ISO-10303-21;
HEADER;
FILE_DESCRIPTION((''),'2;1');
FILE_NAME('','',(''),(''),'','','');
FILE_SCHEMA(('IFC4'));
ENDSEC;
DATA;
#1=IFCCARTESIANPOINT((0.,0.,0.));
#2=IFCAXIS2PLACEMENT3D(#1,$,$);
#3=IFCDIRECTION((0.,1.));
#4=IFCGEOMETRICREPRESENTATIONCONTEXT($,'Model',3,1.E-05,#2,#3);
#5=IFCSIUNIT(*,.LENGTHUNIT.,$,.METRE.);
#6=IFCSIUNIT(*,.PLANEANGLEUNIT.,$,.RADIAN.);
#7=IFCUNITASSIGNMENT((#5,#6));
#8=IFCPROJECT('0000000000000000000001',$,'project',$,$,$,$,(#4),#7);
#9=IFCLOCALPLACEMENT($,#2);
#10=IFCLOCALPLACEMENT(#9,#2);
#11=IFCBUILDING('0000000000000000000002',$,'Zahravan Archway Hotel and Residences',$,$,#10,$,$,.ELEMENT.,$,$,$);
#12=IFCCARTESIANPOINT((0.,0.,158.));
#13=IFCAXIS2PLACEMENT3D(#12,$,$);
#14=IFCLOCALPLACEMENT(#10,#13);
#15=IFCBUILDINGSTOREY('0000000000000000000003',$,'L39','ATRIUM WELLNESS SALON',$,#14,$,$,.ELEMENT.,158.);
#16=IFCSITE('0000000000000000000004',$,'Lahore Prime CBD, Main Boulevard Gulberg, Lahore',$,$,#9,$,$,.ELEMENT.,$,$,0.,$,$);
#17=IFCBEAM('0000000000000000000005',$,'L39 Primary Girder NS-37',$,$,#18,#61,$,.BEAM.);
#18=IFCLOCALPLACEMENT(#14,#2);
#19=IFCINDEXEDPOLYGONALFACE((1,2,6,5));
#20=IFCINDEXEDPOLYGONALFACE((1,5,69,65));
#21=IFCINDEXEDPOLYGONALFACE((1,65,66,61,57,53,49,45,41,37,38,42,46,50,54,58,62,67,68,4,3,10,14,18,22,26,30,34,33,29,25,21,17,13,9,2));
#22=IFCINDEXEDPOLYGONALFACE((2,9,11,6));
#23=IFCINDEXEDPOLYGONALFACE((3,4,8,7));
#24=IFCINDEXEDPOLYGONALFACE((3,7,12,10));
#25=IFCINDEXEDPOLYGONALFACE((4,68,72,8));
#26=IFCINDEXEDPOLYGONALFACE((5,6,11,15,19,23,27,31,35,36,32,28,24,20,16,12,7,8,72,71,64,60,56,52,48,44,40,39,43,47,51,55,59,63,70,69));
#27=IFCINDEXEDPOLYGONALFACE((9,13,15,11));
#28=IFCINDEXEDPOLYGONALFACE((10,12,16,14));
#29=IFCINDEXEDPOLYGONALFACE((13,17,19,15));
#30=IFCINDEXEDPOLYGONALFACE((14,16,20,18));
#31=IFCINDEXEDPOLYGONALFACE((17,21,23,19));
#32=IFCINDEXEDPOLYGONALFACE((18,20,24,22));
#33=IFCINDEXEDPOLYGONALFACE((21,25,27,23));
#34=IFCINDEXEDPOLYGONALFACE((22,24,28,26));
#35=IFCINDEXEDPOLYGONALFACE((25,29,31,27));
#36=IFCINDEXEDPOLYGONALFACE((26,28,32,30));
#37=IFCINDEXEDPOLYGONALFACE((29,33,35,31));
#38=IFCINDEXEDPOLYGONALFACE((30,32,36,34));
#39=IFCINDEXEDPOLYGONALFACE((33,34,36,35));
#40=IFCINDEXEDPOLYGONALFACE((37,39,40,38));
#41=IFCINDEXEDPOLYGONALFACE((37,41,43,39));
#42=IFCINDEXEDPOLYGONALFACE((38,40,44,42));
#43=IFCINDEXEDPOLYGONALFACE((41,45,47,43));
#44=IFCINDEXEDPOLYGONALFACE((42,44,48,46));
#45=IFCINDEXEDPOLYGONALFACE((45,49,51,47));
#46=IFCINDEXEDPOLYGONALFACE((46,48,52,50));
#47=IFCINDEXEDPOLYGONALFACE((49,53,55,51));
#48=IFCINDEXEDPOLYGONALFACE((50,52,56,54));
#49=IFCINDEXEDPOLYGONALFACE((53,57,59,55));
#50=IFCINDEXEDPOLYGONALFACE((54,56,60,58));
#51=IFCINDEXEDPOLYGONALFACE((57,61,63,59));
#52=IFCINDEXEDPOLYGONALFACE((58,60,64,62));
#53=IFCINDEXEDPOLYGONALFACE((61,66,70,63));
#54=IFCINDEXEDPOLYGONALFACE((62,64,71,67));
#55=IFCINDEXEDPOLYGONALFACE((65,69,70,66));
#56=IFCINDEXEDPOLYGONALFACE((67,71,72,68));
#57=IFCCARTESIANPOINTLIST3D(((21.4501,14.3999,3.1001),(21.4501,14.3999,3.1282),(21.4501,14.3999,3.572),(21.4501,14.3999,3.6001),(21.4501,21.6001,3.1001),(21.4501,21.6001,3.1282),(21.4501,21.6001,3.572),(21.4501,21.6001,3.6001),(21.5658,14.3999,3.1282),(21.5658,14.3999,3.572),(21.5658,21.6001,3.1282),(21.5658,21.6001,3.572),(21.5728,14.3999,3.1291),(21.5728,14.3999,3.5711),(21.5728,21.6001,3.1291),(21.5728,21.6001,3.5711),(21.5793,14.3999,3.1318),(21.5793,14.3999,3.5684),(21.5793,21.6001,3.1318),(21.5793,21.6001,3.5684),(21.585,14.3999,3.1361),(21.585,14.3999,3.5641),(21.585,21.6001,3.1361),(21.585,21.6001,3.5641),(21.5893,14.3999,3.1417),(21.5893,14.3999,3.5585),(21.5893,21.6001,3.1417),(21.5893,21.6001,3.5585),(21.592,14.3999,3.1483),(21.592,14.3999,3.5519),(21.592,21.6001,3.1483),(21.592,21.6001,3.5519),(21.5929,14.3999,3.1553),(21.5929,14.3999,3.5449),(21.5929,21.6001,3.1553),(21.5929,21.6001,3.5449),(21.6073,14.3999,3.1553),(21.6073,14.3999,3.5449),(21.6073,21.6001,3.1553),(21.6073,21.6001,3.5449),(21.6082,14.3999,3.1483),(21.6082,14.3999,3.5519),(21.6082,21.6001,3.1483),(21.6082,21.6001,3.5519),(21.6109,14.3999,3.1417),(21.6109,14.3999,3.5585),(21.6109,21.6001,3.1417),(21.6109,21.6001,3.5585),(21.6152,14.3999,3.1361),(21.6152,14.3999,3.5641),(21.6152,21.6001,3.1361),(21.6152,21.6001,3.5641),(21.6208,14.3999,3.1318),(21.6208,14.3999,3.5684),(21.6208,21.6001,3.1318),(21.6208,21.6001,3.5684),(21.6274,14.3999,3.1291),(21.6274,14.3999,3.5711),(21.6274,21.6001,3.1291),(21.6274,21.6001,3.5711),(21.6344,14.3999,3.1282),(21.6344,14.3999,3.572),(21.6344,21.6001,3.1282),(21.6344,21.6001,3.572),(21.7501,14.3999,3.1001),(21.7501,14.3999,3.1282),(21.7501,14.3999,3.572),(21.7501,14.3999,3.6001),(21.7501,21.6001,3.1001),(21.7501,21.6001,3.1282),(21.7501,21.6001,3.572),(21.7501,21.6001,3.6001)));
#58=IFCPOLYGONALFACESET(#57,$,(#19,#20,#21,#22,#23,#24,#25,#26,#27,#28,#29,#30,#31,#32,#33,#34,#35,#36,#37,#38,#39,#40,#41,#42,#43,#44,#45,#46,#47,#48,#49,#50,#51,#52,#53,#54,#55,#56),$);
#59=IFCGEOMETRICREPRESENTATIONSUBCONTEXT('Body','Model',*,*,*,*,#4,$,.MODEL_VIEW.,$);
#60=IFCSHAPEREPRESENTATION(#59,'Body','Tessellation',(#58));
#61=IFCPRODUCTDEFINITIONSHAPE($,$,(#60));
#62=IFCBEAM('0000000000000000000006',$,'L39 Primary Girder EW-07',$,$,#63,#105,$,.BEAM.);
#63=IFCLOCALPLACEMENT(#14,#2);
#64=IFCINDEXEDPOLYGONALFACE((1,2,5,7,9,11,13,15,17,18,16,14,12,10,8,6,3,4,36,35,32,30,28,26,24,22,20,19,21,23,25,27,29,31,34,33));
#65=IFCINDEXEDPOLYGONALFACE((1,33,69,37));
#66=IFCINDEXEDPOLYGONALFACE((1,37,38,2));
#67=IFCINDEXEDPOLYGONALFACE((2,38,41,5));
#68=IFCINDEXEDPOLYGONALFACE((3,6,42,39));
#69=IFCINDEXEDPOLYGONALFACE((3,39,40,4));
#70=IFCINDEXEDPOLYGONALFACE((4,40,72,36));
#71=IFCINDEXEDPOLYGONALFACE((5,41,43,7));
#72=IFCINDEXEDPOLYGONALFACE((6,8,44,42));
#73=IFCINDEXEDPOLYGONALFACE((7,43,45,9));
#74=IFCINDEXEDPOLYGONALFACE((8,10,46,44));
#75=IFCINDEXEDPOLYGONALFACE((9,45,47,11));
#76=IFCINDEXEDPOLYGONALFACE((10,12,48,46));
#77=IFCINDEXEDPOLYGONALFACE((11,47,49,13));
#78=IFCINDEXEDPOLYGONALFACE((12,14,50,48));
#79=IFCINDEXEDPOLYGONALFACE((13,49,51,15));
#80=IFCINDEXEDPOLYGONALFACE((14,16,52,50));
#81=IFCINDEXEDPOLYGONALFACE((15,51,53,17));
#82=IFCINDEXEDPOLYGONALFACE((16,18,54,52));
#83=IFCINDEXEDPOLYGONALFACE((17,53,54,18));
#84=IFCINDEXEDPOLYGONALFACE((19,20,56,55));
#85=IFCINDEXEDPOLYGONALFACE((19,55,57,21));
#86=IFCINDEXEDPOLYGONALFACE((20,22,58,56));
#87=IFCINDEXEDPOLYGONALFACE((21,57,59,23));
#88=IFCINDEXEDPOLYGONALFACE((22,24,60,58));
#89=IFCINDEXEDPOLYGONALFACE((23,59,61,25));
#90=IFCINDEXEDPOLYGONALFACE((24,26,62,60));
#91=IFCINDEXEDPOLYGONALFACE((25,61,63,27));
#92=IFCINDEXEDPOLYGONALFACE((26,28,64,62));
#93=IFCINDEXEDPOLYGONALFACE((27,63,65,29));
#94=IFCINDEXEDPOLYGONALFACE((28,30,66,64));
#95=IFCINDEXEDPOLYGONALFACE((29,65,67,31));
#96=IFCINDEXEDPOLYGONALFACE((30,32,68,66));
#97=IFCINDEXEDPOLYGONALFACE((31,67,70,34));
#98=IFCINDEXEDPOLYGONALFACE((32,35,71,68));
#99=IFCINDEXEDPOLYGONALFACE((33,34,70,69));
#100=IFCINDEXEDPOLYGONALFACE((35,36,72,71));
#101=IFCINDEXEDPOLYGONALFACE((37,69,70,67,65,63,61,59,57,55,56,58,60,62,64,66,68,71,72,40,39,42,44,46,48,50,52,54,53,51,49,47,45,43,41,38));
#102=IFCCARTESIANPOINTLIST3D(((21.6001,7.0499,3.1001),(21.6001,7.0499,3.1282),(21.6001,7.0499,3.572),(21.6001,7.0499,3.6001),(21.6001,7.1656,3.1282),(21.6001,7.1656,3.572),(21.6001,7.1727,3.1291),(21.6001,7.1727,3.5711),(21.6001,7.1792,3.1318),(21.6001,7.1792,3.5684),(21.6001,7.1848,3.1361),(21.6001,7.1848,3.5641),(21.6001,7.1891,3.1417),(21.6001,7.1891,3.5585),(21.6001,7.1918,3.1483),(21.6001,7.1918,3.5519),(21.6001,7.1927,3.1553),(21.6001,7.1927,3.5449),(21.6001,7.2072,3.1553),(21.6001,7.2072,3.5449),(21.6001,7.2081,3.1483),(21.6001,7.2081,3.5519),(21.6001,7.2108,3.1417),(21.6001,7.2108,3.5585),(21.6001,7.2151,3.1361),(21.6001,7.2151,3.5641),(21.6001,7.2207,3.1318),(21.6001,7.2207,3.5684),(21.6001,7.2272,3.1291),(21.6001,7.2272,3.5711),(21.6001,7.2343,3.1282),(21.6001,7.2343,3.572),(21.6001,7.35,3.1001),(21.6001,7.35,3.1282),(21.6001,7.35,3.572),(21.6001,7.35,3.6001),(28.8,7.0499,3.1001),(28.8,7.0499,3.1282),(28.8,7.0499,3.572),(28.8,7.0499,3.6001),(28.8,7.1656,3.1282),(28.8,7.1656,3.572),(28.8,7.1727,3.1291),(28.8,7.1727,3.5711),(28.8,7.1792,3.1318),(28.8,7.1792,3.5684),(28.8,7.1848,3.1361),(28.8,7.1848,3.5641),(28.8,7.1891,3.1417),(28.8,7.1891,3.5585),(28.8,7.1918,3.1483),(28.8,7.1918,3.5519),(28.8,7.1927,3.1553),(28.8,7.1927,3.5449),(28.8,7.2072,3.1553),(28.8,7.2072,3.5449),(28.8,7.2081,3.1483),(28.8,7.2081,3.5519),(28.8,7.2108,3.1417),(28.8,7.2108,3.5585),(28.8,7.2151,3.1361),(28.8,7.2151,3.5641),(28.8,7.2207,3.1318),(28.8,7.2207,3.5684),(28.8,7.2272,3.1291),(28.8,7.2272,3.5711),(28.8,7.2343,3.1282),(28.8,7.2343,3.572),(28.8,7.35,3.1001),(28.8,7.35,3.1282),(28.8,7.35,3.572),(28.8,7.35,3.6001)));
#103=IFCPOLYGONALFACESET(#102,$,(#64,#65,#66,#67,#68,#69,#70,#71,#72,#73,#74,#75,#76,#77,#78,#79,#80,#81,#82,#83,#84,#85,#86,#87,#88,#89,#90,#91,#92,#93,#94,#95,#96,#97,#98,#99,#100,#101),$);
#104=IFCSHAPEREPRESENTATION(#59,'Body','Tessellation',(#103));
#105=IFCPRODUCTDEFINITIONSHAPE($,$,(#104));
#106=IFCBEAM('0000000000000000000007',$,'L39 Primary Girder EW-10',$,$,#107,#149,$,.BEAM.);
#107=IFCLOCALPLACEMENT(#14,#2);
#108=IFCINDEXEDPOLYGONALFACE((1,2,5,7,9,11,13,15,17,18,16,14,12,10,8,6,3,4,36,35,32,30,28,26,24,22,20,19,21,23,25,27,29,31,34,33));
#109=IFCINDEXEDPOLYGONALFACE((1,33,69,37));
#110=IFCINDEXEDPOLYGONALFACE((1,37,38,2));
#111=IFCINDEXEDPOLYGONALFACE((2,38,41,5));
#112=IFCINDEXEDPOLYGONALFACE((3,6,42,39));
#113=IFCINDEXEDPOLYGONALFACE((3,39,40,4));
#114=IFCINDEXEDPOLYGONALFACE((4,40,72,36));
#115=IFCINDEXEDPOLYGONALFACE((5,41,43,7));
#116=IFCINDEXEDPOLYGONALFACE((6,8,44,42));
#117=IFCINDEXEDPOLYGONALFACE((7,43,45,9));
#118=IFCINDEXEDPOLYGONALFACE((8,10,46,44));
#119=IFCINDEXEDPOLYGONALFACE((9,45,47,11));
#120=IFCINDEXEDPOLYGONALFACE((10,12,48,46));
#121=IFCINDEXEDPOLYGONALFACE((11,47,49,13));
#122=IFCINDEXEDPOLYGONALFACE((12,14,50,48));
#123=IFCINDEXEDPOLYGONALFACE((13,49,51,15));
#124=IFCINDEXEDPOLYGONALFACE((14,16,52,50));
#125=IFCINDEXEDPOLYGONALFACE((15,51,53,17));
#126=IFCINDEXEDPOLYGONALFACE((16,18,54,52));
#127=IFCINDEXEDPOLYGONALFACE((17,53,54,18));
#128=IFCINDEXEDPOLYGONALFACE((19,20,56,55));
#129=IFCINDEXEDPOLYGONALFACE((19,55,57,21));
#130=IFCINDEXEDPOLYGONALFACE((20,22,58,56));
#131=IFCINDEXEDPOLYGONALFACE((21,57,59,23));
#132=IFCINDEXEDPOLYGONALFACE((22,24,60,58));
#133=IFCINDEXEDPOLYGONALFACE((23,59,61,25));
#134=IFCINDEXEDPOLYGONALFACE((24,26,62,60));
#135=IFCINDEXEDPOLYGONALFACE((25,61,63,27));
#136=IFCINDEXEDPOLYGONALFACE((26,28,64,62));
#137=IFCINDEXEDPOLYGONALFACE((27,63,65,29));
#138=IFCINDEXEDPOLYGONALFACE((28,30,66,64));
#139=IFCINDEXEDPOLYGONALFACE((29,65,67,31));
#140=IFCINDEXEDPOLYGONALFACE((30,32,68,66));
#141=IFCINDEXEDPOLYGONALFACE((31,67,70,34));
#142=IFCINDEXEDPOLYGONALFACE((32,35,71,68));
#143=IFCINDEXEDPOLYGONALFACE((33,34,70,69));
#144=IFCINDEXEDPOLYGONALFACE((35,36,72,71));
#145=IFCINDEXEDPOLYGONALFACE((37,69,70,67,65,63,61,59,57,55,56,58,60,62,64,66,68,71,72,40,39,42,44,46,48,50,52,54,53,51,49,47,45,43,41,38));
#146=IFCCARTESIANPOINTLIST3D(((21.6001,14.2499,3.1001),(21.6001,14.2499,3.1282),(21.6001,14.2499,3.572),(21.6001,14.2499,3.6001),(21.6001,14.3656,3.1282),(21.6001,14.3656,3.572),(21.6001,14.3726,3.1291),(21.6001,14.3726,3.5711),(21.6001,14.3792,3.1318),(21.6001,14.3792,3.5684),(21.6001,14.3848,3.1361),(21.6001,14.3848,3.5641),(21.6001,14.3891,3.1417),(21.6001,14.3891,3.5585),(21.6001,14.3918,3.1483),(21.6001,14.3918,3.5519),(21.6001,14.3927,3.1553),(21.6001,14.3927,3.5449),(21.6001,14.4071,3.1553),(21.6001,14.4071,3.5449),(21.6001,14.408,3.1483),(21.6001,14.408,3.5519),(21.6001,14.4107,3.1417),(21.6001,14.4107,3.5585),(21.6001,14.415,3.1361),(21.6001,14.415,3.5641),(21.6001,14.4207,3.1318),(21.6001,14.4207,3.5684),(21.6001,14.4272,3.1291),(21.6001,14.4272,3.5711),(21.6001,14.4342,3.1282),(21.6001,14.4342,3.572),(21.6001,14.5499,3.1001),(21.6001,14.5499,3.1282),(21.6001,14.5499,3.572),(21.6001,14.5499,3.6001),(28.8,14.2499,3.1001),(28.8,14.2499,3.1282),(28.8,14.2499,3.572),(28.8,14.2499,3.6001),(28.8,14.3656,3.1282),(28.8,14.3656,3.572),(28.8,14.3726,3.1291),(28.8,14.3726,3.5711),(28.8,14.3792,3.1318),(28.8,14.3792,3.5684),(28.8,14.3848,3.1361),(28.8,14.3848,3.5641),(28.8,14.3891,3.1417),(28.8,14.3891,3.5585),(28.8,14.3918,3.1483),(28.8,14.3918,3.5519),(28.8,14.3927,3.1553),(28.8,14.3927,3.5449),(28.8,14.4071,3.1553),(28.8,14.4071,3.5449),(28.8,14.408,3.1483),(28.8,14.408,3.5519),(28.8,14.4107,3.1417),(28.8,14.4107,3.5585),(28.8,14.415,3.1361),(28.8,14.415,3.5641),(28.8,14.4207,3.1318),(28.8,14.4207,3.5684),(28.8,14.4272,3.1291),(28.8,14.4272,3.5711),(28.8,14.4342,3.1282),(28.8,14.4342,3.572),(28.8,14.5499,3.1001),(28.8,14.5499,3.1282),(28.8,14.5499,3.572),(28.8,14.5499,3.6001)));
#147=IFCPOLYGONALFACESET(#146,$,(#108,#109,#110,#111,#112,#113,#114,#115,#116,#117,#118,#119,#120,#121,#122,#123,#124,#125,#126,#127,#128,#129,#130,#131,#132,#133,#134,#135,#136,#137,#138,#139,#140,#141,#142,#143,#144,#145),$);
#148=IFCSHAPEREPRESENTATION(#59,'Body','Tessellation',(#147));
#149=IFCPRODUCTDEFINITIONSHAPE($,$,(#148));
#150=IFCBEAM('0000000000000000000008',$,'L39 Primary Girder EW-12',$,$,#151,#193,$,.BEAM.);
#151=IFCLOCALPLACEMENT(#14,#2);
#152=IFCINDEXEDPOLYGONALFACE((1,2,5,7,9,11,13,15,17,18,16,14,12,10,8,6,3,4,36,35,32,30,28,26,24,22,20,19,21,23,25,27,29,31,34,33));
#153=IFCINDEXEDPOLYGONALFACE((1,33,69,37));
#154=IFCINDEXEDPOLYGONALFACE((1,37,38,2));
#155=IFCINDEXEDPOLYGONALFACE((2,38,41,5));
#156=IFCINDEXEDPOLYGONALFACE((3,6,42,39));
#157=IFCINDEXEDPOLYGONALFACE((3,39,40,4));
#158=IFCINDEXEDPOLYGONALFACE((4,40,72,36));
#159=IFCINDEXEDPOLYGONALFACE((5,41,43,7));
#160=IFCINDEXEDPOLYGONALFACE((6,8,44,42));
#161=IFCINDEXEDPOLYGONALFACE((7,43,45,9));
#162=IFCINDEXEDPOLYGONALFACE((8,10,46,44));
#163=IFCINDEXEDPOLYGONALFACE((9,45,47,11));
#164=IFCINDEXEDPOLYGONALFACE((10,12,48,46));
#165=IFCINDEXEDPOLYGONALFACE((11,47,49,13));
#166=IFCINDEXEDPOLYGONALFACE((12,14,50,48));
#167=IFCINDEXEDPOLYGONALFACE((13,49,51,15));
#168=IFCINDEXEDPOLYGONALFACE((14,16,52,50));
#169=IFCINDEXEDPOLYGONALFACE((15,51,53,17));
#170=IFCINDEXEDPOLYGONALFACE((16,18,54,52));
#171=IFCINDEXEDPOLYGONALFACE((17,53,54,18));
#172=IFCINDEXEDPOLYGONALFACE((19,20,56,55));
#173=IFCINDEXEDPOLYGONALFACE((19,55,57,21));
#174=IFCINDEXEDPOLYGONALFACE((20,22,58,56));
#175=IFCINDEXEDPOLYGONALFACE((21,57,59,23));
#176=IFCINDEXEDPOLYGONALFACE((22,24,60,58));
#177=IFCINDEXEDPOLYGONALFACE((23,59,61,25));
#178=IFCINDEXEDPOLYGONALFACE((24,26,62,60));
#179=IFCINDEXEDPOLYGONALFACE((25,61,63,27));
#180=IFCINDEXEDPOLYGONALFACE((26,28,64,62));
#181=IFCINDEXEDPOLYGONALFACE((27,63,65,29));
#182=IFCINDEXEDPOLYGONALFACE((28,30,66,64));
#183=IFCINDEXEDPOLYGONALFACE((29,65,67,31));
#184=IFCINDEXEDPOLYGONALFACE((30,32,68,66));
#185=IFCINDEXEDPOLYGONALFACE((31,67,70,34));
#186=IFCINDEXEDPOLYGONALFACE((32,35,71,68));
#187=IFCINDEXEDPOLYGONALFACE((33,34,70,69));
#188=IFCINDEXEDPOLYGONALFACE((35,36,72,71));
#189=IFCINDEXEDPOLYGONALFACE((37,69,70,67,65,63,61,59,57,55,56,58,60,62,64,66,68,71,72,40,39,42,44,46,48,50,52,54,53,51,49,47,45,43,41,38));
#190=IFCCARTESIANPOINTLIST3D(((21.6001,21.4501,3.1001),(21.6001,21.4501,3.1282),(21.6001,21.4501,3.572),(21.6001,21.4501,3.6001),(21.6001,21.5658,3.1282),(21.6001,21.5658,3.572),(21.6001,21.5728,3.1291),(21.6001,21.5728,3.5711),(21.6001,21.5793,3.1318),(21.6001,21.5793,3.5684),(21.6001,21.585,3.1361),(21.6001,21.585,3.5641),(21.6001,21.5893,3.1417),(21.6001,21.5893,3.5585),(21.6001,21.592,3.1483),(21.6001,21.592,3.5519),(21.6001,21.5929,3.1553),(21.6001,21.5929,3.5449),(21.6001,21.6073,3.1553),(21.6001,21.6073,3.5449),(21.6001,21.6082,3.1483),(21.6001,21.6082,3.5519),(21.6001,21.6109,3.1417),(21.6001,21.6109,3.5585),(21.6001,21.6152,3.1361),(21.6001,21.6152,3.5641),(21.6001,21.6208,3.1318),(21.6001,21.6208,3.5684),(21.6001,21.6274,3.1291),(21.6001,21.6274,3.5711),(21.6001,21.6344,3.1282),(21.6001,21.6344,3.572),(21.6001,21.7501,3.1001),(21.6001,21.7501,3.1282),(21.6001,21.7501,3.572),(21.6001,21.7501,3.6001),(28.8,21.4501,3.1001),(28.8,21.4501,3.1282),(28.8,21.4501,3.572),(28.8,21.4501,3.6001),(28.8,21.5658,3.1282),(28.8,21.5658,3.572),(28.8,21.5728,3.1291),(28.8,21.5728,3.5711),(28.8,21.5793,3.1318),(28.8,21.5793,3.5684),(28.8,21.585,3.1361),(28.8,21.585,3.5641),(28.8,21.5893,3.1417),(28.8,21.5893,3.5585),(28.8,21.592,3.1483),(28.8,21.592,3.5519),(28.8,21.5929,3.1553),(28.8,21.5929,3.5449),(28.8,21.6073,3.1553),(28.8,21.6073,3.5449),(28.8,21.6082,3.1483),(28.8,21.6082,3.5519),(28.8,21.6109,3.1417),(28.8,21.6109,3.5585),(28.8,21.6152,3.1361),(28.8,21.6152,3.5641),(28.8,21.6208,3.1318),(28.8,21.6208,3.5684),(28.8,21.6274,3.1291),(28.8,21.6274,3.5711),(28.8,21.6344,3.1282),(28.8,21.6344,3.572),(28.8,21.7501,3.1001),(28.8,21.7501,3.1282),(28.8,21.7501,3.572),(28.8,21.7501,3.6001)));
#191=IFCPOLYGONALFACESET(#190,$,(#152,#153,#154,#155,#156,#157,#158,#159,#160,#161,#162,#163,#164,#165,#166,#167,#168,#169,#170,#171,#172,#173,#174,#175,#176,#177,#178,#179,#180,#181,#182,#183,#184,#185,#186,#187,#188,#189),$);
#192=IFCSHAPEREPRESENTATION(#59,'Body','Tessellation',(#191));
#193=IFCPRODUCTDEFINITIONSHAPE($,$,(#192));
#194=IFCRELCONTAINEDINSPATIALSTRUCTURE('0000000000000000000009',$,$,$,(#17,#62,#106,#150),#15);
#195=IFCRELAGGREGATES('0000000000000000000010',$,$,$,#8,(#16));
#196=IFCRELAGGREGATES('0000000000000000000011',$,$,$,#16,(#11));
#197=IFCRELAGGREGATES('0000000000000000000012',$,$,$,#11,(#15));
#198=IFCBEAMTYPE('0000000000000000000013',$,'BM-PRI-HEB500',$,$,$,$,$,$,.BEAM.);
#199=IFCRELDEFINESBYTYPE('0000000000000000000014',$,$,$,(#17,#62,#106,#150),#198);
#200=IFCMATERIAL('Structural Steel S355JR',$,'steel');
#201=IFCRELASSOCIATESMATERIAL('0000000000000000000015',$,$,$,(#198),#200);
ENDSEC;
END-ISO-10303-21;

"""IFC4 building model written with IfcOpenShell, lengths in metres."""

from ifc_helpers import new_model, si_unit, direction, frame, origin, origin_2d, place, context, subcontext, project, spatial, i_section, extrude, source, transform, mapped, material, material_profile, profile_set, type_object, type_shapes, element, save


model = new_model("IFC4")

# Units and contexts
model_context = context("Model", 3, precision=1e-05, world=origin(), true_north=direction((0.0, 1.0)))
body_context = subcontext(model_context, "Body", "Model", "MODEL_VIEW")
ifc_project = project(units=[si_unit("LENGTHUNIT", "METRE"), si_unit("PLANEANGLEUNIT", "RADIAN")], contexts=[model_context])

# Site, building, storey
site_placement = place(None, origin())
site = spatial("IfcSite", under=ifc_project, at=site_placement, Name="Lahore Prime CBD, Main Boulevard Gulberg, Lahore", CompositionType="ELEMENT", RefElevation=0.0)
building_placement = place(site_placement, origin())
building = spatial("IfcBuilding", under=site, at=building_placement, Name="Zahravan Archway Hotel and Residences", CompositionType="ELEMENT")
storey_placement = place(building_placement, frame((0.0, 0.0, 158.0)))
storey = spatial("IfcBuildingStorey", under=building, at=storey_placement, Name="L39", Description="ATRIUM WELLNESS SALON", CompositionType="ELEMENT", Elevation=158.0)

# Beams
ifc_material_1 = material(Name="Structural Steel S355JR", Category="steel")
ifc_material_profile_1 = material_profile(ifc_material_1, i_section(OverallWidth=0.3, OverallDepth=0.5, WebThickness=0.0144, FlangeThickness=0.0281, FilletRadius=0.0271, at=origin_2d()), Name="HEB 500", Category="steel")
ifc_profile_set_1 = profile_set([ifc_material_profile_1], Name="Structural Steel S355JR")
beam_type_1 = type_object("IfcBeamType", Name="BM-PRI-HEB500", PredefinedType="BEAM", material=ifc_profile_set_1)
shared_shape_1 = source(origin(), body_context, "Body", "SweptSolid", [
    extrude(i_section(OverallWidth=0.3, OverallDepth=0.5, WebThickness=0.0144, FlangeThickness=0.0281, FilletRadius=0.0271, at=origin_2d()), origin(), (0.0, 0.0, 1.0), 7.2002),
])
type_shapes(beam_type_1, [shared_shape_1])
for number, where, z_axis, x_axis, name in (
    (1, (21.6001, 14.3999, 3.3501), (0.0, 1.0, 0.0), (-1.0, 0.0, 0.0), "L39 Primary Girder NS-37"),
):
    element("IfcBeam", number, at=place(storey_placement, frame(where, z_axis=z_axis, x_axis=x_axis)), inside=storey, type_object=beam_type_1, Name=name, PredefinedType="BEAM", context=body_context, shape_type="MappedRepresentation", body=[
        mapped(shared_shape_1, transform((0.0, 0.0, 0.0), scale=1.0)),
    ])
shared_shape_2 = source(origin(), body_context, "Body", "SweptSolid", [
    extrude(i_section(OverallWidth=0.3, OverallDepth=0.5, WebThickness=0.0144, FlangeThickness=0.0281, FilletRadius=0.0271, at=origin_2d()), origin(), (0.0, 0.0, 1.0), 7.2),
])
for number, where, z_axis, x_axis, name in (
    (2, (21.6001, 7.2, 3.3501), (1.0, 0.0, 0.0), (0.0, 1.0, 0.0), "L39 Primary Girder EW-07"),
    (3, (21.6001, 14.3999, 3.3501), (1.0, 0.0, 0.0), (0.0, 1.0, 0.0), "L39 Primary Girder EW-10"),
    (4, (21.6001, 21.6001, 3.3501), (1.0, 0.0, 0.0), (0.0, 1.0, 0.0), "L39 Primary Girder EW-12"),
):
    element("IfcBeam", number, at=place(storey_placement, frame(where, z_axis=z_axis, x_axis=x_axis)), inside=storey, type_object=beam_type_1, Name=name, PredefinedType="BEAM", context=body_context, shape_type="MappedRepresentation", body=[
        mapped(shared_shape_2, transform((0.0, 0.0, 0.0), scale=1.0)),
    ])

save(model, "model.ifc")
